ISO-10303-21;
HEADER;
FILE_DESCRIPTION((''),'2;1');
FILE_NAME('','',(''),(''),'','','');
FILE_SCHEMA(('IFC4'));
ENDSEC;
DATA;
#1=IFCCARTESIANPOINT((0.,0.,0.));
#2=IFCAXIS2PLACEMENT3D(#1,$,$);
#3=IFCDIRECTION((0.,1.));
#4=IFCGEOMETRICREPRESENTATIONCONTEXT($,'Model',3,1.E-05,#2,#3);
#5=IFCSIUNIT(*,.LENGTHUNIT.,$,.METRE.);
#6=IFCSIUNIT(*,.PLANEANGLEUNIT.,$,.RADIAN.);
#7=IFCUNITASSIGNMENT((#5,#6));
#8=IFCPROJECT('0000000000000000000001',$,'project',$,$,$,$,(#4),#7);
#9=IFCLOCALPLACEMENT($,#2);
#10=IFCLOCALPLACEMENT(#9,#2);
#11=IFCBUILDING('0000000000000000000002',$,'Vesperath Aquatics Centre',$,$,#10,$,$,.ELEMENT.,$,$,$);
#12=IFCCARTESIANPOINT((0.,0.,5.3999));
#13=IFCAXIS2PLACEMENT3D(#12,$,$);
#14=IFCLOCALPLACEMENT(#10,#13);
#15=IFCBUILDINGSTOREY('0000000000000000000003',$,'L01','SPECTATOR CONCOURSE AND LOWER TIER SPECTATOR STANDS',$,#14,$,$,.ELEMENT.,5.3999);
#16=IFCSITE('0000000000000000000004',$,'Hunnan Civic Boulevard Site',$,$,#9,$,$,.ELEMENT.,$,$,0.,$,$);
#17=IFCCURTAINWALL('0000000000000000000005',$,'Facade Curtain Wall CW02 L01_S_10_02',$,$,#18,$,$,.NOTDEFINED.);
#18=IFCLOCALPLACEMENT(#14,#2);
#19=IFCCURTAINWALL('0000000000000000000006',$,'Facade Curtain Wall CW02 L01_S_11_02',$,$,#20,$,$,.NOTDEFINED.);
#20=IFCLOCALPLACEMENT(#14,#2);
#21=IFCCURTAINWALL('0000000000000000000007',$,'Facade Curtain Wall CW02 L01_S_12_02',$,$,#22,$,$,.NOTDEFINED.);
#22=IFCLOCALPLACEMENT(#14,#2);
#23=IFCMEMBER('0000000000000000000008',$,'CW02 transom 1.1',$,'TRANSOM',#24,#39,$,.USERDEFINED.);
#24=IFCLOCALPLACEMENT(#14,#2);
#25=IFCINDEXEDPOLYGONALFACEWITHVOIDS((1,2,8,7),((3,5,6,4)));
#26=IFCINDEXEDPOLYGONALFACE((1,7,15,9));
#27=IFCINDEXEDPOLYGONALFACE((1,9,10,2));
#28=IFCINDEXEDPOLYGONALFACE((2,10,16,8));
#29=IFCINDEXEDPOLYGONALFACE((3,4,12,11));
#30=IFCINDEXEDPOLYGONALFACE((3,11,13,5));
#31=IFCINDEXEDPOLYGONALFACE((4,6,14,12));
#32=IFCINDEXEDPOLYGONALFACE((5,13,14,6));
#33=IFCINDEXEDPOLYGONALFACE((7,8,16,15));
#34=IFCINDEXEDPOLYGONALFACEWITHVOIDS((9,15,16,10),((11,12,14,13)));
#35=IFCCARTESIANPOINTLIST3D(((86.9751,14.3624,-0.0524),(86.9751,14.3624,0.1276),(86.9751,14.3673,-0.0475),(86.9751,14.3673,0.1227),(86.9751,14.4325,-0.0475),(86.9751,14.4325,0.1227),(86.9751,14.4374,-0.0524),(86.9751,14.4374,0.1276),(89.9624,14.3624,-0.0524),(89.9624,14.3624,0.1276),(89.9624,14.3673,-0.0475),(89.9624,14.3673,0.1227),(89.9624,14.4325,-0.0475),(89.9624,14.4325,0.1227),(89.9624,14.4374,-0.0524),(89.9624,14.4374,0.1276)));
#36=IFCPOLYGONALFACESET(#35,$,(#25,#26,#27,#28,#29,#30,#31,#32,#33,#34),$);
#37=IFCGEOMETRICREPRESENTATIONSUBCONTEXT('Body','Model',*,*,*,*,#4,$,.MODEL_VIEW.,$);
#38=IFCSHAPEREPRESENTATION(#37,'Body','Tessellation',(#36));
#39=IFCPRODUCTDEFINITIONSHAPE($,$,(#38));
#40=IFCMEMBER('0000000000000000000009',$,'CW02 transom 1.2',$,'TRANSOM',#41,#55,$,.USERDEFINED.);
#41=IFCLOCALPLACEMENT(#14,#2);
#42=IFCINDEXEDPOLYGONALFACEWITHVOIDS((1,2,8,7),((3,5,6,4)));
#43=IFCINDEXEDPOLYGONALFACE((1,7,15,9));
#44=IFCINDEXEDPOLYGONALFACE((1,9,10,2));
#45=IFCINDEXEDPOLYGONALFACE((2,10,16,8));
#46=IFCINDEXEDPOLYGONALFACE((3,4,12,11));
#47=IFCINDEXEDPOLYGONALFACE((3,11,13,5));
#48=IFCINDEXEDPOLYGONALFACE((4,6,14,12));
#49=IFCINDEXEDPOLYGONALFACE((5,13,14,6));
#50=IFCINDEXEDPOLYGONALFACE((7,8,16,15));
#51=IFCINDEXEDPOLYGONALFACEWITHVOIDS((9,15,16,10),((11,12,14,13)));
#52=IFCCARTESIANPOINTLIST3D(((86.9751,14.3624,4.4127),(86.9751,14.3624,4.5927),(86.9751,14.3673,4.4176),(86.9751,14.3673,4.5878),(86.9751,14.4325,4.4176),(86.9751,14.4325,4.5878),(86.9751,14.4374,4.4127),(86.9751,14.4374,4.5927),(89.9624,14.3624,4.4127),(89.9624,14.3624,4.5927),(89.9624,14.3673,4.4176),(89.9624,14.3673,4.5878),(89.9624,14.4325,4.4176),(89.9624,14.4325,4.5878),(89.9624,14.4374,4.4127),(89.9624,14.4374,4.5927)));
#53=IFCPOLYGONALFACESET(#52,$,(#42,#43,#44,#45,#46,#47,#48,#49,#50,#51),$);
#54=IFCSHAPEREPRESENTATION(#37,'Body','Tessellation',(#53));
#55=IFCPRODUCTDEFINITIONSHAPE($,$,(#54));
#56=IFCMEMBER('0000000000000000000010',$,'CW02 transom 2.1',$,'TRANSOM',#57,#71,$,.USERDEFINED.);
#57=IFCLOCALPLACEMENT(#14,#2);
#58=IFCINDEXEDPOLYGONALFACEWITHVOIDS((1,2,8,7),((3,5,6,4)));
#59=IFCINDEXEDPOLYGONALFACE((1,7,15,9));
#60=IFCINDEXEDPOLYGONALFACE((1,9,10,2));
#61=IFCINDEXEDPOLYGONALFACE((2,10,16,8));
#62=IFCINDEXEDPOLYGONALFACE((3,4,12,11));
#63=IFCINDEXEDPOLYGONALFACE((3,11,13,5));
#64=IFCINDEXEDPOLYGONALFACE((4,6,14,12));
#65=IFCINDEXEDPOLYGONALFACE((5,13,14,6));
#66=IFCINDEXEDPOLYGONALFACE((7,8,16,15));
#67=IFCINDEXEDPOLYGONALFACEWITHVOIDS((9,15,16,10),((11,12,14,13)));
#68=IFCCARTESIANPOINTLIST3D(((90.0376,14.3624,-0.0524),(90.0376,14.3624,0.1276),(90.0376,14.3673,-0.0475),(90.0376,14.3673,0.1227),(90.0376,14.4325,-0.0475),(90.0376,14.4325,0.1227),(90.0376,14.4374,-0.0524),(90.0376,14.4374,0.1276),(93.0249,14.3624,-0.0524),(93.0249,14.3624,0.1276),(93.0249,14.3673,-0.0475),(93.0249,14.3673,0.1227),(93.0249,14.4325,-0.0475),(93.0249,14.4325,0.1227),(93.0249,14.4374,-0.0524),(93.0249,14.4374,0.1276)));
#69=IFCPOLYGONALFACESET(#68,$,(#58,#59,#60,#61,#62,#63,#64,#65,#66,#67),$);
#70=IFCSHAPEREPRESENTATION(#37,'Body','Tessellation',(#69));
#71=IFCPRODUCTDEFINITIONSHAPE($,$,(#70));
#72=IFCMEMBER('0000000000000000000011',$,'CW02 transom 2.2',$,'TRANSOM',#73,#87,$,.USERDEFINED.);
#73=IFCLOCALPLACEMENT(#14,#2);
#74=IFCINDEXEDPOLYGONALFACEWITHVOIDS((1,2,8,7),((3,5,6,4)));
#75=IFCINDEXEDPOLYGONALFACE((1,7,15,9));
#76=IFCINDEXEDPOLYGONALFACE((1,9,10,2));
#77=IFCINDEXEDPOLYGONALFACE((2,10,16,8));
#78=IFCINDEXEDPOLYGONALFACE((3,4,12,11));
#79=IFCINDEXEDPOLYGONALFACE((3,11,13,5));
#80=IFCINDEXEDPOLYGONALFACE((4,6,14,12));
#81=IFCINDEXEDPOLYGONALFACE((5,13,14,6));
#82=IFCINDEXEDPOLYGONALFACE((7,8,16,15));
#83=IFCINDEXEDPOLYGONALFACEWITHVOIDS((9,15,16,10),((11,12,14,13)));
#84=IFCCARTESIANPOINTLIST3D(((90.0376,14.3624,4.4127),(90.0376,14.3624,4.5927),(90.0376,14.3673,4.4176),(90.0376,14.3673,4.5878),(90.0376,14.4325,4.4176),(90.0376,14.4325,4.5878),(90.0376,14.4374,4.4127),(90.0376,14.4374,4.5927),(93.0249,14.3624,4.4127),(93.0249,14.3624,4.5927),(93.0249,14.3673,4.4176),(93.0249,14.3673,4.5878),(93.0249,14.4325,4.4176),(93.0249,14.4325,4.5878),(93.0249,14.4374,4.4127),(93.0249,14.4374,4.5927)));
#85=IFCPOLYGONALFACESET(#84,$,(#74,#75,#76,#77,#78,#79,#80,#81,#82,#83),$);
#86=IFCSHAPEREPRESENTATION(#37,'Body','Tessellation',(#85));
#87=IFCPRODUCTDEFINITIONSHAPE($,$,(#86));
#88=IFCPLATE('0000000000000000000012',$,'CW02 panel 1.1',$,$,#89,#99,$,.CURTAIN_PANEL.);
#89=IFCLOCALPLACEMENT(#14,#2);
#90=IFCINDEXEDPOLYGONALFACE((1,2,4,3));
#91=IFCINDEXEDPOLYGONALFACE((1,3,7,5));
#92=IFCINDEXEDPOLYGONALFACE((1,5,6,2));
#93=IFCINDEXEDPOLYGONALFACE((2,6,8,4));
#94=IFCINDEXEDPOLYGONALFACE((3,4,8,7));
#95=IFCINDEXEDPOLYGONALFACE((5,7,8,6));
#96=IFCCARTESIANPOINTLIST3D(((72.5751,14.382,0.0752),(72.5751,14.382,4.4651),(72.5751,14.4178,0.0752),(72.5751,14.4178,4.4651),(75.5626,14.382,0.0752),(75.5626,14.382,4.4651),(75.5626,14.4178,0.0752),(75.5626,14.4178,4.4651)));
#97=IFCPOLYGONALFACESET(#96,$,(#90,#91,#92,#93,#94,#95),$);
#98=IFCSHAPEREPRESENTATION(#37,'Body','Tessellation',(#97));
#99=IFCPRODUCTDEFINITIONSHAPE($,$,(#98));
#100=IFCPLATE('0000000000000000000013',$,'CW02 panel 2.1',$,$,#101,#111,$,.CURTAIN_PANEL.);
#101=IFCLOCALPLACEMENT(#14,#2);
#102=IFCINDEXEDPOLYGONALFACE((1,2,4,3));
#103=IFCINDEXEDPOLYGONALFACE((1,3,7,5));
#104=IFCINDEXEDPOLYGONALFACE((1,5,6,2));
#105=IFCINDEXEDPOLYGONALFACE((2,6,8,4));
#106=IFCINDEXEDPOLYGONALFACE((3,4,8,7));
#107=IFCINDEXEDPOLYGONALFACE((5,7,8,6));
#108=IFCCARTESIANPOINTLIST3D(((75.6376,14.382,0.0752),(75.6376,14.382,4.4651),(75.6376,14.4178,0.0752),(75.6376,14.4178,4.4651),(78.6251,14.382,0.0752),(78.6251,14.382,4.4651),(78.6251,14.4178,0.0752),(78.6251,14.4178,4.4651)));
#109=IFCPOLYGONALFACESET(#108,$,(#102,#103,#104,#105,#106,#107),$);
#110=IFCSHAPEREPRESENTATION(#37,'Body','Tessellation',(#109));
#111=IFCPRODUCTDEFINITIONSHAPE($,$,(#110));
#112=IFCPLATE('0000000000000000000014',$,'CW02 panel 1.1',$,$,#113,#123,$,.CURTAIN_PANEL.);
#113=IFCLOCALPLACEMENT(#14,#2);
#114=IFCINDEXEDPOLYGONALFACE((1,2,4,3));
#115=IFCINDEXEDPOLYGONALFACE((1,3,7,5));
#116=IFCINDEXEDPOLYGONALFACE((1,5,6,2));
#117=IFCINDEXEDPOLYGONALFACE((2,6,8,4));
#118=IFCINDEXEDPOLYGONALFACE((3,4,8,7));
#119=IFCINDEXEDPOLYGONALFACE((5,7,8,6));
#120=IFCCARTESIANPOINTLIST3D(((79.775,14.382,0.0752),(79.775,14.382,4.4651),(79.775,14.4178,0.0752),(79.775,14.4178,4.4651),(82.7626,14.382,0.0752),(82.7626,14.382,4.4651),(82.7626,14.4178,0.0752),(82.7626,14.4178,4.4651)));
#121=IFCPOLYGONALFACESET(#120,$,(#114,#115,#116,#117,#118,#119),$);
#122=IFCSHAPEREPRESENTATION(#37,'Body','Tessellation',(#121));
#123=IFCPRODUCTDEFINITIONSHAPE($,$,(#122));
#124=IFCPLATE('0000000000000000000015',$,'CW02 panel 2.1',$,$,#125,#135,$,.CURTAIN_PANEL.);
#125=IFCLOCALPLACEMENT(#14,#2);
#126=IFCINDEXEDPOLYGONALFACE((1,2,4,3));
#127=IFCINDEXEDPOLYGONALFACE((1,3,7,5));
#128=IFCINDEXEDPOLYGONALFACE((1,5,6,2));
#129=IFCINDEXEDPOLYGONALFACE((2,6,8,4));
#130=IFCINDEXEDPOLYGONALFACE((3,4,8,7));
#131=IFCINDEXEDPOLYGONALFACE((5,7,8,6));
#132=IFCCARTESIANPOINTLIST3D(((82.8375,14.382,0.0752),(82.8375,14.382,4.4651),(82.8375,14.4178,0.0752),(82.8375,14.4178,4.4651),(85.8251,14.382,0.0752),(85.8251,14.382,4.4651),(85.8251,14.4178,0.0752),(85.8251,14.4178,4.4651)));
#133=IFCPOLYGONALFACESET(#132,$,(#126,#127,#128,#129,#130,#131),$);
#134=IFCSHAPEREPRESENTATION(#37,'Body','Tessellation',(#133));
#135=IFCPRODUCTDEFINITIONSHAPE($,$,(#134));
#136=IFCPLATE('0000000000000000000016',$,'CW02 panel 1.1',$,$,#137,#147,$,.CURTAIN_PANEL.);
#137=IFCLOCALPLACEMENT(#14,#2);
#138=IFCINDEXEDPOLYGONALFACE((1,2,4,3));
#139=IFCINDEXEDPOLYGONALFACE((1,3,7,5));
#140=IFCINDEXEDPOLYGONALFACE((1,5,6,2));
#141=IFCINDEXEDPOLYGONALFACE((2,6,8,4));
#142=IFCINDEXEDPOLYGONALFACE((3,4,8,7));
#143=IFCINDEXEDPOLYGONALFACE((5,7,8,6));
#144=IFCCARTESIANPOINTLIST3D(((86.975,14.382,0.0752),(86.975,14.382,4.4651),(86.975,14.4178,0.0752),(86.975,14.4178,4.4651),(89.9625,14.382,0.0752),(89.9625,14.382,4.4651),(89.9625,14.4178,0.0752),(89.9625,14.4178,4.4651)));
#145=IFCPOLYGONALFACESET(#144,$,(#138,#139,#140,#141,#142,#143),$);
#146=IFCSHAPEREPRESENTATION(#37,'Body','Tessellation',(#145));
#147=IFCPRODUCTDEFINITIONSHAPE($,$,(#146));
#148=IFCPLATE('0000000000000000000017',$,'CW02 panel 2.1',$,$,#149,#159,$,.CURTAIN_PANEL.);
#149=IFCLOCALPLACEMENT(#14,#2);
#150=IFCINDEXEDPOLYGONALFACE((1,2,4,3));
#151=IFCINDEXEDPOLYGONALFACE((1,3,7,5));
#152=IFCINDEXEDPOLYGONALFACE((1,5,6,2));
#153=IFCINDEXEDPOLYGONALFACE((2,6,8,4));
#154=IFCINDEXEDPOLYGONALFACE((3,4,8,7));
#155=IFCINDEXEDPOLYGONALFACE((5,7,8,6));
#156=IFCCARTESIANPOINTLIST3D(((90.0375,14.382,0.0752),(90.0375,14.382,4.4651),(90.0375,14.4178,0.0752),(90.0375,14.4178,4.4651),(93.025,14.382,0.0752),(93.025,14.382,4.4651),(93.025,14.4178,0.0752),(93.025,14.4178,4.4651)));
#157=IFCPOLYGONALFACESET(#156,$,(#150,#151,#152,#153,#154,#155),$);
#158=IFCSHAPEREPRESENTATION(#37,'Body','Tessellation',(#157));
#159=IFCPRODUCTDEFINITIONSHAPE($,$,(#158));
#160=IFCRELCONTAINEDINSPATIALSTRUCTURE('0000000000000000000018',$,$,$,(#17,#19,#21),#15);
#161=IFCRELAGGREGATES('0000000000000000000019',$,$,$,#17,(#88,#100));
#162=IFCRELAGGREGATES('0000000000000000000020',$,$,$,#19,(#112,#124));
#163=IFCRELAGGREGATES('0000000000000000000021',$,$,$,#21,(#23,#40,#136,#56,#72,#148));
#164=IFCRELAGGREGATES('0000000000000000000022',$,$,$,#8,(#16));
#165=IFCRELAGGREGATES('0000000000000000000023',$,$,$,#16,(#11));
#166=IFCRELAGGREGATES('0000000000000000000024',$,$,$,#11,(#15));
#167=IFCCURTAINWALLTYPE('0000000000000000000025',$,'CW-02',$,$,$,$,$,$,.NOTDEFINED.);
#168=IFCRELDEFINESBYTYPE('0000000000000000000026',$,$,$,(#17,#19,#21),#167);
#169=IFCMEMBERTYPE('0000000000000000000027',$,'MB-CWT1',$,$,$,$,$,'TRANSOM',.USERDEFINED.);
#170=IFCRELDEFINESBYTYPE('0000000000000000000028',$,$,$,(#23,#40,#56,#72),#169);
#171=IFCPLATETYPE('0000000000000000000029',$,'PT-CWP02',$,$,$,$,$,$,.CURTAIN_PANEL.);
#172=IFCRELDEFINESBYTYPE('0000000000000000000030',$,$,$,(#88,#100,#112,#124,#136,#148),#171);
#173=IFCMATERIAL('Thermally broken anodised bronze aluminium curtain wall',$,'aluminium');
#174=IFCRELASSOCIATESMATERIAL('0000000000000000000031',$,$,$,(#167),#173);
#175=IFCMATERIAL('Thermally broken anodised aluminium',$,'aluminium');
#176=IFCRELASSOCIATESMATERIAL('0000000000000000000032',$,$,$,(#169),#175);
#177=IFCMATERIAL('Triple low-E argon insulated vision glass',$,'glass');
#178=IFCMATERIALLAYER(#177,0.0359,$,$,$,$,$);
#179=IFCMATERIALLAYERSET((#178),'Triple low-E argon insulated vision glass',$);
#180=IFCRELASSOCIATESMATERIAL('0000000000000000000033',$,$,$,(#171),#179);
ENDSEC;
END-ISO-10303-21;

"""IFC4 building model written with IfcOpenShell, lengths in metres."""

from ifc_helpers import new_model, si_unit, direction, frame, origin, origin_2d, place, context, subcontext, project, spatial, rectangle, hollow_rectangle, extrude, material, layer, layer_set, material_profile, profile_set, type_object, element, aggregate, save


model = new_model("IFC4")

# Units and contexts
model_context = context("Model", 3, precision=1e-05, world=origin(), true_north=direction((0.0, 1.0)))
body_context = subcontext(model_context, "Body", "Model", "MODEL_VIEW")
ifc_project = project(units=[si_unit("LENGTHUNIT", "METRE"), si_unit("PLANEANGLEUNIT", "RADIAN")], contexts=[model_context])

# Site, building, storey
site_placement = place(None, origin())
site = spatial("IfcSite", under=ifc_project, at=site_placement, Name="Hunnan Civic Boulevard Site", CompositionType="ELEMENT", RefElevation=0.0)
building_placement = place(site_placement, origin())
building = spatial("IfcBuilding", under=site, at=building_placement, Name="Vesperath Aquatics Centre", CompositionType="ELEMENT")
storey_placement = place(building_placement, frame((0.0, 0.0, 5.3999)))
storey = spatial("IfcBuildingStorey", under=building, at=storey_placement, Name="L01", Description="SPECTATOR CONCOURSE AND LOWER TIER SPECTATOR STANDS", CompositionType="ELEMENT", Elevation=5.3999)

# Curtain walls
ifc_material_1 = material(Name="Thermally broken anodised bronze aluminium curtain wall", Category="aluminium")
curtain_wall_type = type_object("IfcCurtainWallType", Name="CW-02", PredefinedType="NOTDEFINED", material=ifc_material_1)
curtain_wall_1_placement = place(storey_placement, origin())
curtain_wall_1 = element("IfcCurtainWall", 1, at=curtain_wall_1_placement, inside=storey, type_object=curtain_wall_type, Name="Facade Curtain Wall CW02 L01_S_10_02", PredefinedType="NOTDEFINED")
ifc_material_2 = material(Name="Thermally broken anodised aluminium", Category="aluminium")
curtain_wall_2_placement = place(storey_placement, origin())
curtain_wall_2 = element("IfcCurtainWall", 2, at=curtain_wall_2_placement, inside=storey, type_object=curtain_wall_type, Name="Facade Curtain Wall CW02 L01_S_11_02", PredefinedType="NOTDEFINED")
curtain_wall_3_placement = place(storey_placement, origin())
curtain_wall_3 = element("IfcCurtainWall", 3, at=curtain_wall_3_placement, inside=storey, type_object=curtain_wall_type, Name="Facade Curtain Wall CW02 L01_S_12_02", PredefinedType="NOTDEFINED")

# Members
ifc_material_profile_1 = material_profile(ifc_material_2, hollow_rectangle(XDim=0.075, YDim=0.1799, WallThickness=0.0049, at=origin_2d()), Name="CWT 75x180x5")
ifc_profile_set_1 = profile_set([ifc_material_profile_1], Name="Thermally broken anodised aluminium")
member_type_1 = type_object("IfcMemberType", Name="MB-CWT1", ElementType="TRANSOM", PredefinedType="USERDEFINED", material=ifc_profile_set_1)
member_1_placement = place(storey_placement, frame((86.9751, 14.3999, 0.0376), z_axis=(1.0, 0.0, 0.0), x_axis=(0.0, 1.0, 0.0)))
member_1 = element("IfcMember", 4, at=member_1_placement, type_object=member_type_1, Name="CW02 transom 1.1", ObjectType="TRANSOM", PredefinedType="USERDEFINED", context=body_context, shape_type="SweptSolid", body=[
    extrude(hollow_rectangle(XDim=0.075, YDim=0.1799, WallThickness=0.0049, at=origin_2d()), origin(), (0.0, 0.0, 1.0), 2.9873),
])
member_2_placement = place(storey_placement, frame((86.9751, 14.3999, 4.5027), z_axis=(1.0, 0.0, 0.0), x_axis=(0.0, 1.0, 0.0)))
member_2 = element("IfcMember", 5, at=member_2_placement, type_object=member_type_1, Name="CW02 transom 1.2", ObjectType="TRANSOM", PredefinedType="USERDEFINED", context=body_context, shape_type="SweptSolid", body=[
    extrude(hollow_rectangle(XDim=0.075, YDim=0.1799, WallThickness=0.0049, at=origin_2d()), origin(), (0.0, 0.0, 1.0), 2.9873),
])
member_3_placement = place(storey_placement, frame((90.0376, 14.3999, 0.0376), z_axis=(1.0, 0.0, 0.0), x_axis=(0.0, 1.0, 0.0)))
member_3 = element("IfcMember", 6, at=member_3_placement, type_object=member_type_1, Name="CW02 transom 2.1", ObjectType="TRANSOM", PredefinedType="USERDEFINED", context=body_context, shape_type="SweptSolid", body=[
    extrude(hollow_rectangle(XDim=0.075, YDim=0.1799, WallThickness=0.0049, at=origin_2d()), origin(), (0.0, 0.0, 1.0), 2.9873),
])
member_4_placement = place(storey_placement, frame((90.0376, 14.3999, 4.5027), z_axis=(1.0, 0.0, 0.0), x_axis=(0.0, 1.0, 0.0)))
member_4 = element("IfcMember", 7, at=member_4_placement, type_object=member_type_1, Name="CW02 transom 2.2", ObjectType="TRANSOM", PredefinedType="USERDEFINED", context=body_context, shape_type="SweptSolid", body=[
    extrude(hollow_rectangle(XDim=0.075, YDim=0.1799, WallThickness=0.0049, at=origin_2d()), origin(), (0.0, 0.0, 1.0), 2.9873),
])

# Plates
ifc_material_3 = material(Name="Triple low-E argon insulated vision glass", Category="glass")
ifc_layer = layer(ifc_material_3, 0.0359)
ifc_layer_set = layer_set([ifc_layer], Name="Triple low-E argon insulated vision glass")
plate_type = type_object("IfcPlateType", Name="PT-CWP02", PredefinedType="CURTAIN_PANEL", material=ifc_layer_set)
plate_1_placement = place(storey_placement, frame((74.0688, 14.3999, 0.0752), z_axis=(0.0, 0.0, 1.0), x_axis=(1.0, 0.0, 0.0)))
plate_1 = element("IfcPlate", 8, at=plate_1_placement, type_object=plate_type, Name="CW02 panel 1.1", PredefinedType="CURTAIN_PANEL", context=body_context, shape_type="SweptSolid", body=[
    extrude(rectangle(XDim=2.9875, YDim=0.0359, at=origin_2d()), origin(), (0.0, 0.0, 1.0), 4.3899),
])
plate_2_placement = place(storey_placement, frame((77.1313, 14.3999, 0.0752), z_axis=(0.0, 0.0, 1.0), x_axis=(1.0, 0.0, 0.0)))
plate_2 = element("IfcPlate", 9, at=plate_2_placement, type_object=plate_type, Name="CW02 panel 2.1", PredefinedType="CURTAIN_PANEL", context=body_context, shape_type="SweptSolid", body=[
    extrude(rectangle(XDim=2.9875, YDim=0.0359, at=origin_2d()), origin(), (0.0, 0.0, 1.0), 4.3899),
])
aggregate(curtain_wall_1, [plate_1, plate_2])
plate_3_placement = place(storey_placement, frame((81.2688, 14.3999, 0.0752), z_axis=(0.0, 0.0, 1.0), x_axis=(1.0, 0.0, 0.0)))
plate_3 = element("IfcPlate", 10, at=plate_3_placement, type_object=plate_type, Name="CW02 panel 1.1", PredefinedType="CURTAIN_PANEL", context=body_context, shape_type="SweptSolid", body=[
    extrude(rectangle(XDim=2.9875, YDim=0.0359, at=origin_2d()), origin(), (0.0, 0.0, 1.0), 4.3899),
])
plate_4_placement = place(storey_placement, frame((84.3313, 14.3999, 0.0752), z_axis=(0.0, 0.0, 1.0), x_axis=(1.0, 0.0, 0.0)))
plate_4 = element("IfcPlate", 11, at=plate_4_placement, type_object=plate_type, Name="CW02 panel 2.1", PredefinedType="CURTAIN_PANEL", context=body_context, shape_type="SweptSolid", body=[
    extrude(rectangle(XDim=2.9875, YDim=0.0359, at=origin_2d()), origin(), (0.0, 0.0, 1.0), 4.3899),
])
aggregate(curtain_wall_2, [plate_3, plate_4])
plate_5_placement = place(storey_placement, frame((88.4688, 14.3999, 0.0752), z_axis=(0.0, 0.0, 1.0), x_axis=(1.0, 0.0, 0.0)))
plate_5 = element("IfcPlate", 12, at=plate_5_placement, type_object=plate_type, Name="CW02 panel 1.1", PredefinedType="CURTAIN_PANEL", context=body_context, shape_type="SweptSolid", body=[
    extrude(rectangle(XDim=2.9875, YDim=0.0359, at=origin_2d()), origin(), (0.0, 0.0, 1.0), 4.3899),
])
plate_6_placement = place(storey_placement, frame((91.5312, 14.3999, 0.0752), z_axis=(0.0, 0.0, 1.0), x_axis=(1.0, 0.0, 0.0)))
plate_6 = element("IfcPlate", 13, at=plate_6_placement, type_object=plate_type, Name="CW02 panel 2.1", PredefinedType="CURTAIN_PANEL", context=body_context, shape_type="SweptSolid", body=[
    extrude(rectangle(XDim=2.9875, YDim=0.0359, at=origin_2d()), origin(), (0.0, 0.0, 1.0), 4.3899),
])
aggregate(curtain_wall_3, [member_1, member_2, plate_5, member_3, member_4, plate_6])

save(model, "model.ifc")
